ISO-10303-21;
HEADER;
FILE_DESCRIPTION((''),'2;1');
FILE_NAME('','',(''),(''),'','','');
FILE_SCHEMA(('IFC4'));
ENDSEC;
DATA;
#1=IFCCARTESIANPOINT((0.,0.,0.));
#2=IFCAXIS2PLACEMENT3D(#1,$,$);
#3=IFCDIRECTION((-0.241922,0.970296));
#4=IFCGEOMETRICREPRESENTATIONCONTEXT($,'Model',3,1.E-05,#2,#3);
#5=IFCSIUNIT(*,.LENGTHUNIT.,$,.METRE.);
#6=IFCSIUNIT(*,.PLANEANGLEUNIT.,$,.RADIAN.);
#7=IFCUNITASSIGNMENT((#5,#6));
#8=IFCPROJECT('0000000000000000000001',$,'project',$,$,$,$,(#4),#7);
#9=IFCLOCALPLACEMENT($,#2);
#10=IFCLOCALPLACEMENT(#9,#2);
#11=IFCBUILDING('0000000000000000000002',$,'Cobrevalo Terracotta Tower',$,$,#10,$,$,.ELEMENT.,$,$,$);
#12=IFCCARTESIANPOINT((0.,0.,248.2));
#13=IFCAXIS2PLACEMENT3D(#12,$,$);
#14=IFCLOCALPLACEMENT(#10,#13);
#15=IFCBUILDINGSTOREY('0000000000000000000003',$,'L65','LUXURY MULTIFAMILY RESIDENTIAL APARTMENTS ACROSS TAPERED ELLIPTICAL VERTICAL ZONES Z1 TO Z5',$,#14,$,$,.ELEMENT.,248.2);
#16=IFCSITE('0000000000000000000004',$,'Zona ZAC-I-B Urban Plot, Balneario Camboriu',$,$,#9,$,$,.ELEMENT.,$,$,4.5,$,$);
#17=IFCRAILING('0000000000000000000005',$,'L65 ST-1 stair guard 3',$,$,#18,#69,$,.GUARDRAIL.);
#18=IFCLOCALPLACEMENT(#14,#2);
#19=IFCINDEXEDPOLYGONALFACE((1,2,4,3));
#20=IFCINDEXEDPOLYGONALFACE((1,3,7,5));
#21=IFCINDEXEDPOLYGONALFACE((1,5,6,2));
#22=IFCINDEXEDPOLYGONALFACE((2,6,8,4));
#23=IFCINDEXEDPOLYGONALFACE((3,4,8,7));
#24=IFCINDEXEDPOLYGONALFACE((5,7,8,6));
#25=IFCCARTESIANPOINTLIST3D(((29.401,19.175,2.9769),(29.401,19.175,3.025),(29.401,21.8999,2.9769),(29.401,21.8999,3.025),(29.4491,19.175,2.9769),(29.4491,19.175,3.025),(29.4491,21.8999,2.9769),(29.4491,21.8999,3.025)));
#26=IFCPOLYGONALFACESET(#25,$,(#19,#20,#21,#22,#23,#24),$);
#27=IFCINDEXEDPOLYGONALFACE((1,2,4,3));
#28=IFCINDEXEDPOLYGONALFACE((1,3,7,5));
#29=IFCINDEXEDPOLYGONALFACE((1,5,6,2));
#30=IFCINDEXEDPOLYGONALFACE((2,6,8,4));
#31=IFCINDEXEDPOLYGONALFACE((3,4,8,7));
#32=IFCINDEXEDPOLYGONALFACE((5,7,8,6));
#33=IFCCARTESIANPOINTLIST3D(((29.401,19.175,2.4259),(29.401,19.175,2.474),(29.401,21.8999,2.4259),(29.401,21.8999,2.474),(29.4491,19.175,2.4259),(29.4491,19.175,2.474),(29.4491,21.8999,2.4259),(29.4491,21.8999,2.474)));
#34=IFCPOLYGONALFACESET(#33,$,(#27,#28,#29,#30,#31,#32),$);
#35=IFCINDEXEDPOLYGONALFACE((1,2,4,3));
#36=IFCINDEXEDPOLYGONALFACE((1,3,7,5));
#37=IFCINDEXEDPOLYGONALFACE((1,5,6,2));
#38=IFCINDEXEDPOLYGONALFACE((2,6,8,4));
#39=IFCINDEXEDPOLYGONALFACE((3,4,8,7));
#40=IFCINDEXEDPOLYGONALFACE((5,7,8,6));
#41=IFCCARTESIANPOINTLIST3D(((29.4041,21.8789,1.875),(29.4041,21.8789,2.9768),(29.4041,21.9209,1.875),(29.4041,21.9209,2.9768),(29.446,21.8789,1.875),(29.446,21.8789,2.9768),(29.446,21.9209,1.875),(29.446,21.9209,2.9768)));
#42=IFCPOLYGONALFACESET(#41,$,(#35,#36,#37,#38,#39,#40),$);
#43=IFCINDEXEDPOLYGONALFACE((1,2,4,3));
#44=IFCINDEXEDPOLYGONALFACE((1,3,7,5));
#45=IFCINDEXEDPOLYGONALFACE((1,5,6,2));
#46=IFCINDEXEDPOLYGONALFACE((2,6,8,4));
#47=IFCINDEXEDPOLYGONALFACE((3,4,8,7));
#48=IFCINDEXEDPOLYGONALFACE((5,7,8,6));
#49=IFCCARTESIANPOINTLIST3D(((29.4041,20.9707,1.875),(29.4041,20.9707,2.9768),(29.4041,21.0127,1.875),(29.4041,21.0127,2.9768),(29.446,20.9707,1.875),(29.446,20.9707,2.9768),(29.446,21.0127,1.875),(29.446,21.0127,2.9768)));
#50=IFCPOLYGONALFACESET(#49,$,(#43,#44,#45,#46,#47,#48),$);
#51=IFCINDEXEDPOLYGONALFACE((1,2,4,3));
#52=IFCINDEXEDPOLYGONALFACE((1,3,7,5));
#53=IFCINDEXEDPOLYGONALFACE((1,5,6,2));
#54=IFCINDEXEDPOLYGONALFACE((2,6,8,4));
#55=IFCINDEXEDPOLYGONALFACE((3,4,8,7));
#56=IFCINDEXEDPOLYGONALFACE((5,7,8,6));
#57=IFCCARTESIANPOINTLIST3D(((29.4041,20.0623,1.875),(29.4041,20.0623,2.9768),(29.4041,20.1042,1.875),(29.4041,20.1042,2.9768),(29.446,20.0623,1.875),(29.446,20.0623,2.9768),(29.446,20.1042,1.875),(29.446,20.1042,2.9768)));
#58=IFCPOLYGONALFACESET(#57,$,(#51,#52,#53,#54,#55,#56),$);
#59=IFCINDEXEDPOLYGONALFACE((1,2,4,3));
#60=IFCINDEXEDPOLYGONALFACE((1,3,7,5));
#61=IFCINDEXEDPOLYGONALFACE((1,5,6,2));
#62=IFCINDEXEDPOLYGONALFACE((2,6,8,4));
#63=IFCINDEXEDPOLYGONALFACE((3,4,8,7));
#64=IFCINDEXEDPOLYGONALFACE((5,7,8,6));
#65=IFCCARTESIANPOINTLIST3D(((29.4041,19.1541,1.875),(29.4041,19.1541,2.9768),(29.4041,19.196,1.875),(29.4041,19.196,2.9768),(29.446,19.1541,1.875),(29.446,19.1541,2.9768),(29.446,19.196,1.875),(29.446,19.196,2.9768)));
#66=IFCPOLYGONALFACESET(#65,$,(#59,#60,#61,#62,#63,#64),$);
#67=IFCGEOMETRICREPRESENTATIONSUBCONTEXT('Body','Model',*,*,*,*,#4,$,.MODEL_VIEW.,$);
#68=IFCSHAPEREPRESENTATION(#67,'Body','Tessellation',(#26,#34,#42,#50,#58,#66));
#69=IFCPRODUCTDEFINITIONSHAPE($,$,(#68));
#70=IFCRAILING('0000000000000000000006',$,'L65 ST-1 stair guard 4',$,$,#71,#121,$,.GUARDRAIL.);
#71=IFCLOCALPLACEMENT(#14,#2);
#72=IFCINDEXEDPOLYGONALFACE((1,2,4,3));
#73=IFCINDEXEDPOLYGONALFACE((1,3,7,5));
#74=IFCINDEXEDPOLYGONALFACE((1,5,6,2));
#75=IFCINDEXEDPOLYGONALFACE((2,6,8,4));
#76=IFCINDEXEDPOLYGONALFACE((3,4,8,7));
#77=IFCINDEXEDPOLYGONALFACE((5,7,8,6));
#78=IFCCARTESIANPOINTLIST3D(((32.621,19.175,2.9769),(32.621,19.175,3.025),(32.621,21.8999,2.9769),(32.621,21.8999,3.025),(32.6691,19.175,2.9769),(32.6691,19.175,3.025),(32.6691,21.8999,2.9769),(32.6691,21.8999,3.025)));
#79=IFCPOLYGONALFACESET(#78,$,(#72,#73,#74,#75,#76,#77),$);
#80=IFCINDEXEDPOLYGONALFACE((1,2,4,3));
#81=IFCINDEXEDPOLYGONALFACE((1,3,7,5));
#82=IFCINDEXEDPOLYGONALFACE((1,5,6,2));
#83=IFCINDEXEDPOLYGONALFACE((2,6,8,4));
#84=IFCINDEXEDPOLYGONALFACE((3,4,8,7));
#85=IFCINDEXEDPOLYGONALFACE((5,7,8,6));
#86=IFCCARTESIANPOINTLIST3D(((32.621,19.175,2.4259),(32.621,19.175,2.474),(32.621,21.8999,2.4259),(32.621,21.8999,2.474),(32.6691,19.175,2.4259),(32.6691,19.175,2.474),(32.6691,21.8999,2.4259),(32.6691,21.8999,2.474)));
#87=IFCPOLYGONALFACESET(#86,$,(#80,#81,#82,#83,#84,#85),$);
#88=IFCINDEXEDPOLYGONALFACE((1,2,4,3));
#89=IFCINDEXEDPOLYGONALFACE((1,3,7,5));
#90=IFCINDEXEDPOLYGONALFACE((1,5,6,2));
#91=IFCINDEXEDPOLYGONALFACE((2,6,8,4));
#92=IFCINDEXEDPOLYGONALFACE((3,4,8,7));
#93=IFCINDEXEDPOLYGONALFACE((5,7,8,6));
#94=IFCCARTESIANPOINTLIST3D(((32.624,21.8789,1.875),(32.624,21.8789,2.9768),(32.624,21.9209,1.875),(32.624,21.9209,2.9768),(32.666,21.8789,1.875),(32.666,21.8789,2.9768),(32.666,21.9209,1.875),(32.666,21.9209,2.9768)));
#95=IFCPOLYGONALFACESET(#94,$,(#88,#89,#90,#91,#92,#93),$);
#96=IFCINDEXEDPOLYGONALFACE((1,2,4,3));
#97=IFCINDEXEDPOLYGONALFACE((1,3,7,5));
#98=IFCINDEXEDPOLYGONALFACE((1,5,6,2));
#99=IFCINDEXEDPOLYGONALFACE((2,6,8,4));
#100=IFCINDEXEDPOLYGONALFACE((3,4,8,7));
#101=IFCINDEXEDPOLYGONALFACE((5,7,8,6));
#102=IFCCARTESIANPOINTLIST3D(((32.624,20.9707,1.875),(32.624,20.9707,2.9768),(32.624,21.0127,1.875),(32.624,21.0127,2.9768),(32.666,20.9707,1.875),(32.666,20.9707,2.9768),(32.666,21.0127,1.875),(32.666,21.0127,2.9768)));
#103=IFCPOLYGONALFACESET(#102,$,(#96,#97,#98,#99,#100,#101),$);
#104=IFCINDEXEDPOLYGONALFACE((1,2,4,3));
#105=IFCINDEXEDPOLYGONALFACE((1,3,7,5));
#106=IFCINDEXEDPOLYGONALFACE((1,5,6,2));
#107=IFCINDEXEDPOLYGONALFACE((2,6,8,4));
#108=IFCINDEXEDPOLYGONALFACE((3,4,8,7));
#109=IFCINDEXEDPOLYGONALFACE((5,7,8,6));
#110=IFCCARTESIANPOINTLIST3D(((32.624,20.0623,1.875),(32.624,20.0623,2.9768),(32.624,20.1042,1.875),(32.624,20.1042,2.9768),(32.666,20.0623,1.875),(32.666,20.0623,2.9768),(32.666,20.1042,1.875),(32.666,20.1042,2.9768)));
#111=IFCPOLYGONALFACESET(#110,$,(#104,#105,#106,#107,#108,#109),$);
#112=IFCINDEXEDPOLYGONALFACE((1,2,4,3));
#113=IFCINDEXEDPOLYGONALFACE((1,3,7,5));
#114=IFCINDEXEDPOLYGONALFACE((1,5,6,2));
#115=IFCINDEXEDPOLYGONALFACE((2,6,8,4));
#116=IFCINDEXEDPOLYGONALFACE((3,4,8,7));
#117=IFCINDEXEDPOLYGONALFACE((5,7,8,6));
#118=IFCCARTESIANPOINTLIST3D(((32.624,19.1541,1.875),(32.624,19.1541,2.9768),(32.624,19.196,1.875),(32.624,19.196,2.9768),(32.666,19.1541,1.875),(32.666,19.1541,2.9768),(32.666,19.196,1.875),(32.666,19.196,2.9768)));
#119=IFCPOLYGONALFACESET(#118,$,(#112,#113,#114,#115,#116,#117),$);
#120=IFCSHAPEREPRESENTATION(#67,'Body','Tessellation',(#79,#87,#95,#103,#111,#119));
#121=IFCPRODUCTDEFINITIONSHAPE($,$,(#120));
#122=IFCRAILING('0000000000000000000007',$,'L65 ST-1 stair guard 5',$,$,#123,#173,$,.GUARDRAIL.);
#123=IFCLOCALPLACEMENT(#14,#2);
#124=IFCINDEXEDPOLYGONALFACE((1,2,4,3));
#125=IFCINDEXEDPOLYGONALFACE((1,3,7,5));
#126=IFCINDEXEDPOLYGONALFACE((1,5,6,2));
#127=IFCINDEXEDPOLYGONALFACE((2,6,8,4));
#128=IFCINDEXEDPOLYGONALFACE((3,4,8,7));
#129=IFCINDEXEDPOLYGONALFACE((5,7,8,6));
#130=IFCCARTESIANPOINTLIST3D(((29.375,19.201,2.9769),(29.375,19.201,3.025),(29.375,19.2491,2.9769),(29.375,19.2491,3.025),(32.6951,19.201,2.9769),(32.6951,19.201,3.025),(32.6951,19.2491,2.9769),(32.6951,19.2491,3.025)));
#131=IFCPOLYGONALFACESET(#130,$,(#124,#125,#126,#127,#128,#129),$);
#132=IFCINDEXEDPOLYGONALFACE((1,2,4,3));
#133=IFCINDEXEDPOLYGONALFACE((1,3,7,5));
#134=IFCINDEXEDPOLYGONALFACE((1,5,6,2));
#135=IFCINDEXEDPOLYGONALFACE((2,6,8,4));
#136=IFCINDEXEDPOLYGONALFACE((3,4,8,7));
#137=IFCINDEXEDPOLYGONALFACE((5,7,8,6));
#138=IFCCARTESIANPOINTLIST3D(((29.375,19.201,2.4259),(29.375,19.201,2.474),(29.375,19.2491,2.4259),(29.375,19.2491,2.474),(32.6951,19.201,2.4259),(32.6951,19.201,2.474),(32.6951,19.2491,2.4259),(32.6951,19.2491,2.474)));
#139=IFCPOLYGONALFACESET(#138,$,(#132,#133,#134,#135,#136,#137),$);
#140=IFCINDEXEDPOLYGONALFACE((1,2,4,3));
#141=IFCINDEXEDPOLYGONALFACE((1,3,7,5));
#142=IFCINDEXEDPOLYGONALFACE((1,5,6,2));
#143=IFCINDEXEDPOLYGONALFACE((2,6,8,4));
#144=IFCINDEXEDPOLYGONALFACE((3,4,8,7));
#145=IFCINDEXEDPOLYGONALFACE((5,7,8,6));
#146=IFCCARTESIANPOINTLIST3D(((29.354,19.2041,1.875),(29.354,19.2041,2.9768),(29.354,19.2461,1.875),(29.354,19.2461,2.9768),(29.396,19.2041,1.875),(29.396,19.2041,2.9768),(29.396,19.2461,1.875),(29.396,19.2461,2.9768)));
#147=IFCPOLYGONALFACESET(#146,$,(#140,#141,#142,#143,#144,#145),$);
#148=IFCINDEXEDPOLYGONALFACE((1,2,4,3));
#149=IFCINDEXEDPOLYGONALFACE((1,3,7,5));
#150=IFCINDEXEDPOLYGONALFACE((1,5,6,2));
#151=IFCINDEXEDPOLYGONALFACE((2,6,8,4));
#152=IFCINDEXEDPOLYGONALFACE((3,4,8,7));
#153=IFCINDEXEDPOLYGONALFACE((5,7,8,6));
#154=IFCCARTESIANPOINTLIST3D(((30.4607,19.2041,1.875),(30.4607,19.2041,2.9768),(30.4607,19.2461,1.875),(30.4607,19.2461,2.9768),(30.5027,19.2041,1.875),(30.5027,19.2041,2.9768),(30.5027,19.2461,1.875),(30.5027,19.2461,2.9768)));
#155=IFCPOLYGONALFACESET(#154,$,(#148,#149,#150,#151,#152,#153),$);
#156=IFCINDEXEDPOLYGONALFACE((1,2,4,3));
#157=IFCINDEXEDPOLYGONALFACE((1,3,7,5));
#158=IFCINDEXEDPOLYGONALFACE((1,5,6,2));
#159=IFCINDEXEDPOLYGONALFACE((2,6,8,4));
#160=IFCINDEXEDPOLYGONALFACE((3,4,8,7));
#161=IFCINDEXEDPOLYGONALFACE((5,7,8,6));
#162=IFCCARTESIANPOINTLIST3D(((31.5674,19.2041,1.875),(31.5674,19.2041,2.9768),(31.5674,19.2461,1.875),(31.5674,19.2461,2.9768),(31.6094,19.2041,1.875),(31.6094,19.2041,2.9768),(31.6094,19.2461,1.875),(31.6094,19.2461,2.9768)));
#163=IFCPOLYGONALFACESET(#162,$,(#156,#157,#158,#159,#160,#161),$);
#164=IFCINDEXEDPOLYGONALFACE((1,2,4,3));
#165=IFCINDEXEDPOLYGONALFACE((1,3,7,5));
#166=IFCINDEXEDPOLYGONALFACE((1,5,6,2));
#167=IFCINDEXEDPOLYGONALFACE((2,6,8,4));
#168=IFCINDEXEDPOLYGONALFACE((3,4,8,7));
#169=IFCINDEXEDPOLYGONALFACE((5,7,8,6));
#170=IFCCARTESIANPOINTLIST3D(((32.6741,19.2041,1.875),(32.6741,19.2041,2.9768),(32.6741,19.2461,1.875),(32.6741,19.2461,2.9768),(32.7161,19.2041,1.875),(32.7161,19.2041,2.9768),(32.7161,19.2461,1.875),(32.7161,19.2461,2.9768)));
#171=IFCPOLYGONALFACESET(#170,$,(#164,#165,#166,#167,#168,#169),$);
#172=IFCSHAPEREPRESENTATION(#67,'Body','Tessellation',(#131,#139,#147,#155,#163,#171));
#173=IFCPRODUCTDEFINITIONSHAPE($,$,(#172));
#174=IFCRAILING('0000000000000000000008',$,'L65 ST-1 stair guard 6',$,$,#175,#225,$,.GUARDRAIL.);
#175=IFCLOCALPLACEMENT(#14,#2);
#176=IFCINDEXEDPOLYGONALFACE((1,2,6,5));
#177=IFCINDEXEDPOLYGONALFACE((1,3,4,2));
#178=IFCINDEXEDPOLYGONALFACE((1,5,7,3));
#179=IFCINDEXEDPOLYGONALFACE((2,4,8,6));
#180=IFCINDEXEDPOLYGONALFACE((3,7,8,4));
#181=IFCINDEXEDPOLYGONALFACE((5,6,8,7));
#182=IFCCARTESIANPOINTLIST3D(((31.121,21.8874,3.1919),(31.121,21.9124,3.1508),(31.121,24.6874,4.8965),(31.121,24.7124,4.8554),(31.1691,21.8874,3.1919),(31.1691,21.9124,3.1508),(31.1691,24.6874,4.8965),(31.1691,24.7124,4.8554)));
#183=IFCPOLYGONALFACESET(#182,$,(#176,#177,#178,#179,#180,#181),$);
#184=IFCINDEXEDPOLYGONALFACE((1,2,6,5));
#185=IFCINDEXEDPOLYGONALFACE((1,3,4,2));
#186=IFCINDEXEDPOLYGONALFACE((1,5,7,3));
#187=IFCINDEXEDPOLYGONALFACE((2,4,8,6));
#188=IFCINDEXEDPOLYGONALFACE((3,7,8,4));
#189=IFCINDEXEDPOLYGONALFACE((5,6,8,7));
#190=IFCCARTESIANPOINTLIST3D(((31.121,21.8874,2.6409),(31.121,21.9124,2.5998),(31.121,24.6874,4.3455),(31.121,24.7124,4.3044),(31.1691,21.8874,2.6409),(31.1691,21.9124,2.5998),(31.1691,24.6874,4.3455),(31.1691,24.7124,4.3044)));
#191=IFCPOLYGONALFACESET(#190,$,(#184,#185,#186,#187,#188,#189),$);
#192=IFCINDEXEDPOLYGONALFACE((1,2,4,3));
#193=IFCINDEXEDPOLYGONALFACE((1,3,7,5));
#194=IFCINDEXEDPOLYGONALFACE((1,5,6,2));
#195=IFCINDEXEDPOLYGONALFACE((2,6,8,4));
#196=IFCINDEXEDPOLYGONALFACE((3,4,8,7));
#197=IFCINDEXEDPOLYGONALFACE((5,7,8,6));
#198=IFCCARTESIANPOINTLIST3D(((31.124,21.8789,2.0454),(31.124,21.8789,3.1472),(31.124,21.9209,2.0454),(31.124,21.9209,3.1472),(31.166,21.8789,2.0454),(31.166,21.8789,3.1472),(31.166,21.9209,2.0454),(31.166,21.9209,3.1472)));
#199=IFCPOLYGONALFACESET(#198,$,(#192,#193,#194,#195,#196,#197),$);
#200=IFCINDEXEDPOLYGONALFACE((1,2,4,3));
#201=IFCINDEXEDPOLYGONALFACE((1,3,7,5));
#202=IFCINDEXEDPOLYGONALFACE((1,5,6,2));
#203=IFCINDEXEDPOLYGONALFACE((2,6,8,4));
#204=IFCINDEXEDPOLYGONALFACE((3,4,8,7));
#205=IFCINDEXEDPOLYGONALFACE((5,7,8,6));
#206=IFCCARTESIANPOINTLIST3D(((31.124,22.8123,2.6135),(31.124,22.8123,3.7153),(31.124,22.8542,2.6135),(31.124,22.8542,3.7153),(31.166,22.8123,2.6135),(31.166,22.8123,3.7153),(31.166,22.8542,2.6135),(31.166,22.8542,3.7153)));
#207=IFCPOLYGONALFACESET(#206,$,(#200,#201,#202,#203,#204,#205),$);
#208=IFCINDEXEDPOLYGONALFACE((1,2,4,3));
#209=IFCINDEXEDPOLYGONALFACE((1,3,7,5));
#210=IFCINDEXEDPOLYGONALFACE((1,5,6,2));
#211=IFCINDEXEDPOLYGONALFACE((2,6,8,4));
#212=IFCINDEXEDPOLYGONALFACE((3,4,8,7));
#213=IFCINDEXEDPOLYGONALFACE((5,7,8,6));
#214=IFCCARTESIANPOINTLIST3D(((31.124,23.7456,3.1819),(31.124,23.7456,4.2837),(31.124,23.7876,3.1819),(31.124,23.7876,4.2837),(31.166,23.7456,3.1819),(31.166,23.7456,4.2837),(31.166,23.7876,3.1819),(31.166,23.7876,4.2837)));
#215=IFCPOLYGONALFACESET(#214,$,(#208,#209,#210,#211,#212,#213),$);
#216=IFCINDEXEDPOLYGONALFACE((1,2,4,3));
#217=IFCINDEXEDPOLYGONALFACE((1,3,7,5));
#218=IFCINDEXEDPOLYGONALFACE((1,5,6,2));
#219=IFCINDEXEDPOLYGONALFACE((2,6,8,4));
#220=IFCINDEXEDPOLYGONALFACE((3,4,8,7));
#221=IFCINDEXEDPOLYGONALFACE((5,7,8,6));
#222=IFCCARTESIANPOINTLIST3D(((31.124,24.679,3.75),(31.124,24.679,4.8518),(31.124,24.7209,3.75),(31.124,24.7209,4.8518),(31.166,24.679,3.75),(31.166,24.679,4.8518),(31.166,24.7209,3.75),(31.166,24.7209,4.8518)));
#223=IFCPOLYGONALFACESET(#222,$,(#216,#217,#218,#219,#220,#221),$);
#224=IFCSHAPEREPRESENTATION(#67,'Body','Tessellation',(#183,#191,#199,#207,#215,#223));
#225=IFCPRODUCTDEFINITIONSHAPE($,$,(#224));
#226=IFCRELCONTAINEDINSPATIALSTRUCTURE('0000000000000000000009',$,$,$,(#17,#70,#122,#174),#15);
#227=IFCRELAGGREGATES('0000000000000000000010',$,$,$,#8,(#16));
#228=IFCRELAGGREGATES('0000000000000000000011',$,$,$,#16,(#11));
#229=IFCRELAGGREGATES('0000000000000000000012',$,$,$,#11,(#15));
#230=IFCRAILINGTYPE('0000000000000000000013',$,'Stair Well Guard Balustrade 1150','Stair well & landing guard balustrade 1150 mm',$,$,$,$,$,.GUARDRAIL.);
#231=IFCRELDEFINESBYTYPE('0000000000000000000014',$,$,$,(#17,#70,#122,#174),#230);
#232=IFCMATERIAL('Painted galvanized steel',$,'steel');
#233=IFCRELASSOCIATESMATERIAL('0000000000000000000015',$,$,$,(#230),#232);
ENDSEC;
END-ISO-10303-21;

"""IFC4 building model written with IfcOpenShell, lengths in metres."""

from ifc_helpers import new_model, si_unit, direction, frame, origin, origin_2d, place, context, subcontext, project, spatial, rectangle, extrude, material, type_object, element, save


model = new_model("IFC4")

# Units and contexts
model_context = context("Model", 3, precision=1e-05, world=origin(), true_north=direction((-0.241922, 0.970296)))
body_context = subcontext(model_context, "Body", "Model", "MODEL_VIEW")
ifc_project = project(units=[si_unit("LENGTHUNIT", "METRE"), si_unit("PLANEANGLEUNIT", "RADIAN")], contexts=[model_context])

# Site, building, storey
site_placement = place(None, origin())
site = spatial("IfcSite", under=ifc_project, at=site_placement, Name="Zona ZAC-I-B Urban Plot, Balneario Camboriu", CompositionType="ELEMENT", RefElevation=4.5)
building_placement = place(site_placement, origin())
building = spatial("IfcBuilding", under=site, at=building_placement, Name="Cobrevalo Terracotta Tower", CompositionType="ELEMENT")
storey_placement = place(building_placement, frame((0.0, 0.0, 248.2)))
storey = spatial("IfcBuildingStorey", under=building, at=storey_placement, Name="L65", Description="LUXURY MULTIFAMILY RESIDENTIAL APARTMENTS ACROSS TAPERED ELLIPTICAL VERTICAL ZONES Z1 TO Z5", CompositionType="ELEMENT", Elevation=248.2)

# Railings
ifc_material_1 = material(Name="Painted galvanized steel", Category="steel")
railing_type = type_object("IfcRailingType", Name="Stair Well Guard Balustrade 1150", Description="Stair well & landing guard balustrade 1150 mm", PredefinedType="GUARDRAIL", material=ifc_material_1)
for number, where, name in (
    (1, (29.425, 21.8999, 1.875), "L65 ST-1 stair guard 3"),
    (2, (32.645, 21.8999, 1.875), "L65 ST-1 stair guard 4"),
):
    element("IfcRailing", number, at=place(storey_placement, frame(where)), inside=storey, type_object=railing_type, Name=name, PredefinedType="GUARDRAIL", context=body_context, shape_type="SweptSolid", body=[
        extrude(rectangle(XDim=0.0481, YDim=0.0481, at=origin_2d()), frame((0.0, 0.0, 1.126), z_axis=(0.0, -1.0, 0.0), x_axis=(1.0, 0.0, 0.0)), (0.0, 0.0, 1.0), 2.7249),
        extrude(rectangle(XDim=0.0481, YDim=0.0481, at=origin_2d()), frame((0.0, 0.0, 0.575), z_axis=(0.0, -1.0, 0.0), x_axis=(1.0, 0.0, 0.0)), (0.0, 0.0, 1.0), 2.7249),
        extrude(rectangle(XDim=0.042, YDim=0.042, at=origin_2d()), origin(), (0.0, 0.0, 1.0), 1.1018),
        extrude(rectangle(XDim=0.042, YDim=0.042, at=origin_2d()), frame((0.0, -0.9082, 0.0)), (0.0, 0.0, 1.0), 1.1018),
        extrude(rectangle(XDim=0.042, YDim=0.042, at=origin_2d()), frame((0.0, -1.8167, 0.0)), (0.0, 0.0, 1.0), 1.1018),
        extrude(rectangle(XDim=0.042, YDim=0.042, at=origin_2d()), frame((0.0, -2.7249, 0.0)), (0.0, 0.0, 1.0), 1.1018),
    ])
railing_1_placement = place(storey_placement, frame((29.375, 19.2251, 1.875)))
element("IfcRailing", 3, at=railing_1_placement, inside=storey, type_object=railing_type, Name="L65 ST-1 stair guard 5", PredefinedType="GUARDRAIL", context=body_context, shape_type="SweptSolid", body=[
    extrude(rectangle(XDim=0.0481, YDim=0.0481, at=origin_2d()), frame((0.0, 0.0, 1.126), z_axis=(1.0, 0.0, 0.0), x_axis=(0.0, 1.0, 0.0)), (0.0, 0.0, 1.0), 3.3201),
    extrude(rectangle(XDim=0.0481, YDim=0.0481, at=origin_2d()), frame((0.0, 0.0, 0.575), z_axis=(1.0, 0.0, 0.0), x_axis=(0.0, 1.0, 0.0)), (0.0, 0.0, 1.0), 3.3201),
    extrude(rectangle(XDim=0.042, YDim=0.042, at=origin_2d()), origin(), (0.0, 0.0, 1.0), 1.1018),
    extrude(rectangle(XDim=0.042, YDim=0.042, at=origin_2d()), frame((1.1067, 0.0, 0.0)), (0.0, 0.0, 1.0), 1.1018),
    extrude(rectangle(XDim=0.042, YDim=0.042, at=origin_2d()), frame((2.2134, 0.0, 0.0)), (0.0, 0.0, 1.0), 1.1018),
    extrude(rectangle(XDim=0.042, YDim=0.042, at=origin_2d()), frame((3.3201, 0.0, 0.0)), (0.0, 0.0, 1.0), 1.1018),
])
railing_2_placement = place(storey_placement, frame((31.145, 21.8999, 2.0454)))
element("IfcRailing", 4, at=railing_2_placement, inside=storey, type_object=railing_type, Name="L65 ST-1 stair guard 6", PredefinedType="GUARDRAIL", context=body_context, shape_type="SweptSolid", body=[
    extrude(rectangle(XDim=0.0481, YDim=0.0481, at=origin_2d()), frame((0.0, 0.0, 1.126), z_axis=(0.0, 0.85417, 0.519994), x_axis=(-1.0, 0.0, 0.0)), (0.0, 0.0, 1.0), 3.2781),
    extrude(rectangle(XDim=0.0481, YDim=0.0481, at=origin_2d()), frame((0.0, 0.0, 0.575), z_axis=(0.0, 0.85417, 0.519994), x_axis=(-1.0, 0.0, 0.0)), (0.0, 0.0, 1.0), 3.2781),
    extrude(rectangle(XDim=0.042, YDim=0.042, at=origin_2d()), origin(), (0.0, 0.0, 1.0), 1.1018),
    extrude(rectangle(XDim=0.042, YDim=0.042, at=origin_2d()), frame((0.0, 0.9333, 0.5681)), (0.0, 0.0, 1.0), 1.1018),
    extrude(rectangle(XDim=0.042, YDim=0.042, at=origin_2d()), frame((0.0, 1.8667, 1.1365)), (0.0, 0.0, 1.0), 1.1018),
    extrude(rectangle(XDim=0.042, YDim=0.042, at=origin_2d()), frame((0.0, 2.8, 1.7046)), (0.0, 0.0, 1.0), 1.1018),
])

save(model, "model.ifc")
